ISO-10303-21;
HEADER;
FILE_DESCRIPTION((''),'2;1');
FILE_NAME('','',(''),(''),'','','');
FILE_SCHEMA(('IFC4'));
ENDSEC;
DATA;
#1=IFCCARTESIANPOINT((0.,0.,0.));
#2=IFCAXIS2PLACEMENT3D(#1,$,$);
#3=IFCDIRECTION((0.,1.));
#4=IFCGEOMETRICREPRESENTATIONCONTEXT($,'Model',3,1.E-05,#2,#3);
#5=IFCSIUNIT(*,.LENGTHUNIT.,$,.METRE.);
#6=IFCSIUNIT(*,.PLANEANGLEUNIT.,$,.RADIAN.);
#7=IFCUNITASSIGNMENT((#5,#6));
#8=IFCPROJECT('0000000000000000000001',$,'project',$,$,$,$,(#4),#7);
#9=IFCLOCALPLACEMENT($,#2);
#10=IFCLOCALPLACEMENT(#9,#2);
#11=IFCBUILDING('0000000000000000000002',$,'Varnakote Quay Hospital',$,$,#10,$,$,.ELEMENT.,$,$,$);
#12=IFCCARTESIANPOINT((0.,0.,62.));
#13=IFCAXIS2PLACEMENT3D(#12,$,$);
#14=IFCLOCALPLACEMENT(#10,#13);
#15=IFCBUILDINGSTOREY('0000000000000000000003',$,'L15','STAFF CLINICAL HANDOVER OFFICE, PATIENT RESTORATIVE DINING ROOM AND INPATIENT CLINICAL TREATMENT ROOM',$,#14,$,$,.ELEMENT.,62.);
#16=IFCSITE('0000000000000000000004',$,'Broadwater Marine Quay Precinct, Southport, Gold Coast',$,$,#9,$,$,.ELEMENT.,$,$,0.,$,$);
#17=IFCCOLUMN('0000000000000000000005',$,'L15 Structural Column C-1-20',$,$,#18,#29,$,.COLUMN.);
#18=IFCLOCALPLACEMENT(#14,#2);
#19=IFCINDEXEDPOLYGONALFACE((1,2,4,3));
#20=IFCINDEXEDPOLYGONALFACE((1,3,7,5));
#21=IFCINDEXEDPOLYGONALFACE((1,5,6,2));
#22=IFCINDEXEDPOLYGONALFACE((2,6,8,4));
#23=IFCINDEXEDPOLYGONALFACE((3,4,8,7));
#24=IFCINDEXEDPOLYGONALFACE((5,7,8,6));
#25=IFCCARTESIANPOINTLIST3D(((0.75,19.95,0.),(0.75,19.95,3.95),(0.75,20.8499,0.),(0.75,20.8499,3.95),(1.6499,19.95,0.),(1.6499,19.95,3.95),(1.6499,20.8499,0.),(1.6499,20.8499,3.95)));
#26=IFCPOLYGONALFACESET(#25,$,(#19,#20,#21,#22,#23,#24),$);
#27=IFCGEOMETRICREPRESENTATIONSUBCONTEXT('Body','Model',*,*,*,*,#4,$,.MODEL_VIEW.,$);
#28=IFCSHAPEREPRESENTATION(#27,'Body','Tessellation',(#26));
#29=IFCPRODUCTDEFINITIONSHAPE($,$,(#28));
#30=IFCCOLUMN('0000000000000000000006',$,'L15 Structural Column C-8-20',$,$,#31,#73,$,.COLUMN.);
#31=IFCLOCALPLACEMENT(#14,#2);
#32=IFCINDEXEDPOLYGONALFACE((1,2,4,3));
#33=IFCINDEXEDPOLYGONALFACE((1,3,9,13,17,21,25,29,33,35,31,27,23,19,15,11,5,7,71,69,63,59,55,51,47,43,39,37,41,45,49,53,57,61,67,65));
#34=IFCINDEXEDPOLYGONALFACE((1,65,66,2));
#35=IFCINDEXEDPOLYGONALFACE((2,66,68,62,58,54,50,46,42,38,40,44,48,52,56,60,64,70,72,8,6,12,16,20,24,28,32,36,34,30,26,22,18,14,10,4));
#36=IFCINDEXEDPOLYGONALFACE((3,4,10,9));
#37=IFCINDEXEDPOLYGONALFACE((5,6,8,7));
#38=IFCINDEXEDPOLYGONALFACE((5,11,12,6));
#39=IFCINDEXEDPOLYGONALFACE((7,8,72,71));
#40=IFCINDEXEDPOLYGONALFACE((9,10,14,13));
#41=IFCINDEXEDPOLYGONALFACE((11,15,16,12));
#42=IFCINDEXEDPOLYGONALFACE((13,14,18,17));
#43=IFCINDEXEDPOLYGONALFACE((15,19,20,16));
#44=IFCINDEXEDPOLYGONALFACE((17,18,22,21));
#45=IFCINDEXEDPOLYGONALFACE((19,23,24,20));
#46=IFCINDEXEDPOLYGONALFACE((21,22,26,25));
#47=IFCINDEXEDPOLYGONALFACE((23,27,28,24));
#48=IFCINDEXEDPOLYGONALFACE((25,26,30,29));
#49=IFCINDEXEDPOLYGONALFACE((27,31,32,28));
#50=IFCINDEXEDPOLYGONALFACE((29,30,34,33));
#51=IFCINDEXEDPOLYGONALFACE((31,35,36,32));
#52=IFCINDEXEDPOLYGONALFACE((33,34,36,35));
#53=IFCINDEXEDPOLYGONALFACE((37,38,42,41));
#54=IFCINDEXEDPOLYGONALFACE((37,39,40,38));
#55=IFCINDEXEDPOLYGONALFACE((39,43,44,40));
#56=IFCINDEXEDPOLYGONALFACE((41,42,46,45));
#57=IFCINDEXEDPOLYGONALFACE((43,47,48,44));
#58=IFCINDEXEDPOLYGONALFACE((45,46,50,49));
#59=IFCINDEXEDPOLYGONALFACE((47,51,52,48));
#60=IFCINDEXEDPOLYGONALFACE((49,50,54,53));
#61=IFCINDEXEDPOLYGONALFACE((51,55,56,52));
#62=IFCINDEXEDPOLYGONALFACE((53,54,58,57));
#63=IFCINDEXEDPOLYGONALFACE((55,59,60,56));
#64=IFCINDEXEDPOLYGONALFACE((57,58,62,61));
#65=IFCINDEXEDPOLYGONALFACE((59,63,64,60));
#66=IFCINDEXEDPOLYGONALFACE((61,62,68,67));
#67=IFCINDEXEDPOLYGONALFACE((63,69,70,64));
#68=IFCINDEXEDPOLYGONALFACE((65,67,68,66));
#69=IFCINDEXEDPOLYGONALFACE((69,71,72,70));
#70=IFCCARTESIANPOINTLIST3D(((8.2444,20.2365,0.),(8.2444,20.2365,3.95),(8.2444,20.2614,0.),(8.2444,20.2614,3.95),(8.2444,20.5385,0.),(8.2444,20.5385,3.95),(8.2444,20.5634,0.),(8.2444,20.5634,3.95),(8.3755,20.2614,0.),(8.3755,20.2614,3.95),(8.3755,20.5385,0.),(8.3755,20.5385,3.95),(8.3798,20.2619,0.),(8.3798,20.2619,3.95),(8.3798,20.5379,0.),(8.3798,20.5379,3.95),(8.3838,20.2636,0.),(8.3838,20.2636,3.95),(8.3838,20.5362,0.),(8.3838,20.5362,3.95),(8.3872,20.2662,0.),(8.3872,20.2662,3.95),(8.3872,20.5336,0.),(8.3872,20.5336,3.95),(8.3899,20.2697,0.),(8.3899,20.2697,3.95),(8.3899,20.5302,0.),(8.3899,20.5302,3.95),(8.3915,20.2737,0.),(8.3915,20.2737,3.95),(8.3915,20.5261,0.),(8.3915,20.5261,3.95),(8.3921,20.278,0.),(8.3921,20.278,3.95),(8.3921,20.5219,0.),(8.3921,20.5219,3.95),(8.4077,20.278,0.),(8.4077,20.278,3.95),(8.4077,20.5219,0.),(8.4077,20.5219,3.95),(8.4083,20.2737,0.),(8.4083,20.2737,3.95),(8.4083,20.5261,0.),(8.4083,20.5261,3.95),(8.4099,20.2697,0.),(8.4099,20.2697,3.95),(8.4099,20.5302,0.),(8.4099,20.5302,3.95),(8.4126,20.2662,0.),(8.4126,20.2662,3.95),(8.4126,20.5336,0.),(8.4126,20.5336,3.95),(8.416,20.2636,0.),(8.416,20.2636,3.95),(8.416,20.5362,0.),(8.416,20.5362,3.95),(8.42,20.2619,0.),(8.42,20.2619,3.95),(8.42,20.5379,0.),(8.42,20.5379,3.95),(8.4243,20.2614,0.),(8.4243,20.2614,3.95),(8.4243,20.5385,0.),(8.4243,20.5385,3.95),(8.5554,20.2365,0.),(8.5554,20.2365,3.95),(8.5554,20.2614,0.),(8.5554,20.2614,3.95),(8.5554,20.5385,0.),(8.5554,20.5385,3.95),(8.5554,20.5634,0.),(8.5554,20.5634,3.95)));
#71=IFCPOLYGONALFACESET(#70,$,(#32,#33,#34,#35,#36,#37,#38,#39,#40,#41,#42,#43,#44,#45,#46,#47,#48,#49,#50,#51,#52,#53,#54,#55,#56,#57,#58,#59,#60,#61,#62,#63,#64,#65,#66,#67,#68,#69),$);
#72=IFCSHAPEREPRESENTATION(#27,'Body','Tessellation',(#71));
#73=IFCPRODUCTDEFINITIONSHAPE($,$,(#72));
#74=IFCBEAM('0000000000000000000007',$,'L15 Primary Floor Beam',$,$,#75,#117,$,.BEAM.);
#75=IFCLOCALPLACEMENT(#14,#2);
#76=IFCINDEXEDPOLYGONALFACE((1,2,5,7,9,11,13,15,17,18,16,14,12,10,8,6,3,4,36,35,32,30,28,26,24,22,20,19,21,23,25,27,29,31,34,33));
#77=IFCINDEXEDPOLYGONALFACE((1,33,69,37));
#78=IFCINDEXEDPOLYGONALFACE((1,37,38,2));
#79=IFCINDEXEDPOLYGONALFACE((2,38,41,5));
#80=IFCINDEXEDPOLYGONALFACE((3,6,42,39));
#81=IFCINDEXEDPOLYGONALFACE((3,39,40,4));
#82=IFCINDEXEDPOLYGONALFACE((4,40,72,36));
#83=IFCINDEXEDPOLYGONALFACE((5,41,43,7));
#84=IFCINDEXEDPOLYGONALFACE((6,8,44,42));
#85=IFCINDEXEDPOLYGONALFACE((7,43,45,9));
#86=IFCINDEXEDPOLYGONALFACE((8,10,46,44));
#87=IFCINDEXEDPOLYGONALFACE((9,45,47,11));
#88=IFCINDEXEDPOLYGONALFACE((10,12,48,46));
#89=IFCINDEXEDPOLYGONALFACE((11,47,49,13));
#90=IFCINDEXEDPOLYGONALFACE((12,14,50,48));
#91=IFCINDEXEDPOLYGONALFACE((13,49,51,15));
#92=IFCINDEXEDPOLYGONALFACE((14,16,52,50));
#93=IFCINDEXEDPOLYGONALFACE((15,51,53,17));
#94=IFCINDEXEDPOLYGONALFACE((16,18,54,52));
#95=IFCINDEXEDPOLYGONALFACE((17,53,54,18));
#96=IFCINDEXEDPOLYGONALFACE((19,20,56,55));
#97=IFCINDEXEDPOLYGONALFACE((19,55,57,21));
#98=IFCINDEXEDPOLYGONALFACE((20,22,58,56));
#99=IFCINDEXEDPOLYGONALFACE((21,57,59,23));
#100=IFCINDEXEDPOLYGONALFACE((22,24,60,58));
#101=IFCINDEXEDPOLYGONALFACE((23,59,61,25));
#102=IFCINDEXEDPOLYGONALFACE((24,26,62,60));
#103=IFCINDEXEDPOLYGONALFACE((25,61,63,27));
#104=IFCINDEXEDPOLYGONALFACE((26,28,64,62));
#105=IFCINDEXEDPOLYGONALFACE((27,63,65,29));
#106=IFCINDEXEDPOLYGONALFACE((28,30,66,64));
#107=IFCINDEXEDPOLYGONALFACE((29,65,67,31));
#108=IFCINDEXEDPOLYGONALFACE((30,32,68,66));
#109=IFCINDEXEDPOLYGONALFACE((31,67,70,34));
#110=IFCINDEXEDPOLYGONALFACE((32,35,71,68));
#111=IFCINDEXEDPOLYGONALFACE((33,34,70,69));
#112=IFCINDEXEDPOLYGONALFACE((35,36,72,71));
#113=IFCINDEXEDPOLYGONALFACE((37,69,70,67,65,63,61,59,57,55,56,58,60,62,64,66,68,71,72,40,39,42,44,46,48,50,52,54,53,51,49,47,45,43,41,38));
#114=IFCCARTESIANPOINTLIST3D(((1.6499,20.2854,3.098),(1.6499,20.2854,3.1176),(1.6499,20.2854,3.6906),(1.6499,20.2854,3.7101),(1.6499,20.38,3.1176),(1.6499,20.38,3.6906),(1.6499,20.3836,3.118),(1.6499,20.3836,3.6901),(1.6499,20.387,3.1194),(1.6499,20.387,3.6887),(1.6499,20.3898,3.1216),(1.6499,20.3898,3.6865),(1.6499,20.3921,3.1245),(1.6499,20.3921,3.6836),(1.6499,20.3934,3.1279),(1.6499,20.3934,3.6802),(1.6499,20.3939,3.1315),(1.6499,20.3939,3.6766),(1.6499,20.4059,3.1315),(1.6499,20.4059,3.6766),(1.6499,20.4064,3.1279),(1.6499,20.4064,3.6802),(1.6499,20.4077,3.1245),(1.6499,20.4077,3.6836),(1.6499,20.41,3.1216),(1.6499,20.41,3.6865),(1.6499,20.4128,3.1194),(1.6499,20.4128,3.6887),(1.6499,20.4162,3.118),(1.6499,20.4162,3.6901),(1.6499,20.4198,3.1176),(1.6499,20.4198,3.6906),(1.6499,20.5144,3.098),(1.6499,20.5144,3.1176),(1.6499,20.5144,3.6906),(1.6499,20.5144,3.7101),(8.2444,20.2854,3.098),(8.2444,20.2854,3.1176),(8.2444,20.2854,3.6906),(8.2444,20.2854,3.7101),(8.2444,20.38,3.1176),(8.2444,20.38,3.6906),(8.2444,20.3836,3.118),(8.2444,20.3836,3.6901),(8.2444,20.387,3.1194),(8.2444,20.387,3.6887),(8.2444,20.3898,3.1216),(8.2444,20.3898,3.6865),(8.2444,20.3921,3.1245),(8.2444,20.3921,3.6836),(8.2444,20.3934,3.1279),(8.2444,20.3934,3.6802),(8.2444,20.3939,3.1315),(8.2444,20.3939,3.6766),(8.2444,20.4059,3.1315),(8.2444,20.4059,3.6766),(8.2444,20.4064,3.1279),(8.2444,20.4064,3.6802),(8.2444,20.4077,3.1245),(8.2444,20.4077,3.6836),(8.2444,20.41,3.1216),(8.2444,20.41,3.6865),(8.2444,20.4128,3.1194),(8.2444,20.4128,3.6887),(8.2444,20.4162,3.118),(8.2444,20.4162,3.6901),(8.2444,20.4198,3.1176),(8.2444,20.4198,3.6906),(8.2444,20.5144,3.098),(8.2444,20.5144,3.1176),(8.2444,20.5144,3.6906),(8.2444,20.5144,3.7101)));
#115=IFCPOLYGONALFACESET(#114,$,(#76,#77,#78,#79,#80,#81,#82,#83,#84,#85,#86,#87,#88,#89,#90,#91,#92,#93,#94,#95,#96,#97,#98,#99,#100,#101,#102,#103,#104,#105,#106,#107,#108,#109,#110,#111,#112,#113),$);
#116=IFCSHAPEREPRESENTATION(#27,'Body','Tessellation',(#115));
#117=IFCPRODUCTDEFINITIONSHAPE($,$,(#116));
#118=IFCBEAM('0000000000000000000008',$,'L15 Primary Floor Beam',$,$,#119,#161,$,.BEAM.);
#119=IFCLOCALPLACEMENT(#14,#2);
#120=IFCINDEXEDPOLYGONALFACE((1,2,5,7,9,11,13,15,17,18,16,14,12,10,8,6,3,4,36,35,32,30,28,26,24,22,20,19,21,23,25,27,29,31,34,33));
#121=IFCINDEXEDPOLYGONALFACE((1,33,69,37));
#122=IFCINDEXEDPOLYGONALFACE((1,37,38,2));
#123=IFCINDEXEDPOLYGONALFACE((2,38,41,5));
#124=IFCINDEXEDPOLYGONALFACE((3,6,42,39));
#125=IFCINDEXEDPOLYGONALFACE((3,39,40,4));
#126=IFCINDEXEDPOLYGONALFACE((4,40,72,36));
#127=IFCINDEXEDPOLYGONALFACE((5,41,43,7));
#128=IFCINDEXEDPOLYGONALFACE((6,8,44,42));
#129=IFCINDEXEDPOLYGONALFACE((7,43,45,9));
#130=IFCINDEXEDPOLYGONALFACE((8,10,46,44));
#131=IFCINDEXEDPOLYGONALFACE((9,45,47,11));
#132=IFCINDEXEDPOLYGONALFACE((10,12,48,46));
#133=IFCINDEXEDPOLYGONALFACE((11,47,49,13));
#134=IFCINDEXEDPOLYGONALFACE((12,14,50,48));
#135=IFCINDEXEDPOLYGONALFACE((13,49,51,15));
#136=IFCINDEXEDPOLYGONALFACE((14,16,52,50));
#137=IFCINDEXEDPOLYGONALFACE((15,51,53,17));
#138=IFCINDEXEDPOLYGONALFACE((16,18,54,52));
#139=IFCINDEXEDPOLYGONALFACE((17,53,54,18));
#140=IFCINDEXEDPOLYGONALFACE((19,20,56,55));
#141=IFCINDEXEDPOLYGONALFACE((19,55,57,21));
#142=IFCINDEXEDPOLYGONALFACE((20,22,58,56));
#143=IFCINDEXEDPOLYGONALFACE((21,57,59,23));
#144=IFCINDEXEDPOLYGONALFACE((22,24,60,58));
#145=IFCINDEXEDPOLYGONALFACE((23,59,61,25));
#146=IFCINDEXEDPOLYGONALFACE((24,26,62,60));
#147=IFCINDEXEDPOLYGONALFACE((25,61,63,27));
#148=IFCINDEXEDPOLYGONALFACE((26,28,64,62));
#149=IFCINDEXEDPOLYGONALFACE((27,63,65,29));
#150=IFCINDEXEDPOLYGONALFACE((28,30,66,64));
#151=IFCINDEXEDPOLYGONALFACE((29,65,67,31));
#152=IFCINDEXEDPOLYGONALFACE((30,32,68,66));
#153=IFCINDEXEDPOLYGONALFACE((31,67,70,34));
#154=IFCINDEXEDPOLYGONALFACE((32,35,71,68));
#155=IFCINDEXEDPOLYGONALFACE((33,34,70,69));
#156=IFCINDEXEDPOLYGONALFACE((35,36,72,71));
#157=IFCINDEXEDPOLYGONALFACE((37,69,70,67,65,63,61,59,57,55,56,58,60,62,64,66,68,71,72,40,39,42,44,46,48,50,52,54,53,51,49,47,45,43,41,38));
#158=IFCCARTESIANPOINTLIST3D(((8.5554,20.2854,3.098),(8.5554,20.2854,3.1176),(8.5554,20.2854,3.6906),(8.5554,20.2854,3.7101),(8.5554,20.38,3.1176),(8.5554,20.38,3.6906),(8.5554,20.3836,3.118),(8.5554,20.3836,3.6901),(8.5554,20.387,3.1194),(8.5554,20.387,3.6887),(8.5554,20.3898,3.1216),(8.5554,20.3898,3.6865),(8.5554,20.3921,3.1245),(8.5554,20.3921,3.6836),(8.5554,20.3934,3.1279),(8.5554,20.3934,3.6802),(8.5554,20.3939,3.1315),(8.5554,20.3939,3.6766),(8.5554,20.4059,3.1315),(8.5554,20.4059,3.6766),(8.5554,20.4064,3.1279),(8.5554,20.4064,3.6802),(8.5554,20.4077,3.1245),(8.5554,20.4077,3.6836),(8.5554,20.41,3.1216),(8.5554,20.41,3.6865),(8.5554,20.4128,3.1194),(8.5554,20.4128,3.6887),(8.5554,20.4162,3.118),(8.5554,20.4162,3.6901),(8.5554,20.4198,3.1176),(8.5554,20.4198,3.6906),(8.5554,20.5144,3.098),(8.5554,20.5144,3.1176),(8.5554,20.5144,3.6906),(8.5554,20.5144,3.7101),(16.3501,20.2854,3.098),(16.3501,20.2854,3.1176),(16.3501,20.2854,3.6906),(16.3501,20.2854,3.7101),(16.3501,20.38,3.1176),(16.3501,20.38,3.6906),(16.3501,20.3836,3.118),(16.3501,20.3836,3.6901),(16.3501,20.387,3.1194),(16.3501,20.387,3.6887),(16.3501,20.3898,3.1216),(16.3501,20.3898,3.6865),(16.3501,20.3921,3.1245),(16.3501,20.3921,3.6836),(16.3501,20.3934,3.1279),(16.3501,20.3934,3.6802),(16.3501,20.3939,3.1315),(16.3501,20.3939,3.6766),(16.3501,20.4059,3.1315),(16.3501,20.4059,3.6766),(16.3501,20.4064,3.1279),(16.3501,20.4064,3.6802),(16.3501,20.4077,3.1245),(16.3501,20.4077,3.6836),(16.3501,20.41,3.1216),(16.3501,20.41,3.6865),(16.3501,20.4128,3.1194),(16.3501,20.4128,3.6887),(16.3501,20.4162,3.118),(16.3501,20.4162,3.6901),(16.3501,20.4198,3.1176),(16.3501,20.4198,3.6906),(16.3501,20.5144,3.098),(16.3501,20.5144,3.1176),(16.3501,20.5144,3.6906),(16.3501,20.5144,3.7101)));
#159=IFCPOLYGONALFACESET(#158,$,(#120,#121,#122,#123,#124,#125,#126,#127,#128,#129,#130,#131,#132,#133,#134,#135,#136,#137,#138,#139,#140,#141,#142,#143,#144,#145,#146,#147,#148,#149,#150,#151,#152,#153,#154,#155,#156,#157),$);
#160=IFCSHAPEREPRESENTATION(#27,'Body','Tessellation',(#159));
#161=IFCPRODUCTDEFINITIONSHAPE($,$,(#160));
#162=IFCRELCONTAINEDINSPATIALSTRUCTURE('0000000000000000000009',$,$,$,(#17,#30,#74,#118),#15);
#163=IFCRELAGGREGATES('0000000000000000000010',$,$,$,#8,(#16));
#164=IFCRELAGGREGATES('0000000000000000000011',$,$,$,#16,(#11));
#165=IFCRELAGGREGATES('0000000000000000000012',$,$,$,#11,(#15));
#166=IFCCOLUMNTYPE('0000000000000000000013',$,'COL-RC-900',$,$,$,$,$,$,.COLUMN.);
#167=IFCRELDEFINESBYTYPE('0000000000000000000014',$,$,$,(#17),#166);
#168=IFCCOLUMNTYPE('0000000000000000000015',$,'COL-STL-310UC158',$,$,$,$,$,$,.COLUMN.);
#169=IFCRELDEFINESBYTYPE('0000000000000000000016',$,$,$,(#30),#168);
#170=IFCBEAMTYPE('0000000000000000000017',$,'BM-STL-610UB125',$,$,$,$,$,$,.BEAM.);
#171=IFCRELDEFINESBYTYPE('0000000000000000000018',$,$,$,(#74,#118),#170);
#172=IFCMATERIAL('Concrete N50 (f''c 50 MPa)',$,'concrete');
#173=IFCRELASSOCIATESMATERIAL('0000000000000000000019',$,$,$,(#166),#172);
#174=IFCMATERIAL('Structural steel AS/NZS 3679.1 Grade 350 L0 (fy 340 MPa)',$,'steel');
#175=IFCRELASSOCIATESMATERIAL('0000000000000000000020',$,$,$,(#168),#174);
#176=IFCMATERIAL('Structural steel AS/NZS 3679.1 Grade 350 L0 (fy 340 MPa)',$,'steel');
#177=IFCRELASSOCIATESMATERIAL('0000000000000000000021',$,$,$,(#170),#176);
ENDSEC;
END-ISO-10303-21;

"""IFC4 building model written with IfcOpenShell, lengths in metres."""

from ifc_helpers import new_model, si_unit, direction, frame, origin, origin_2d, place, context, subcontext, project, spatial, rectangle, i_section, extrude, material, material_profile, profile_set, type_object, element, save


model = new_model("IFC4")

# Units and contexts
model_context = context("Model", 3, precision=1e-05, world=origin(), true_north=direction((0.0, 1.0)))
body_context = subcontext(model_context, "Body", "Model", "MODEL_VIEW")
ifc_project = project(units=[si_unit("LENGTHUNIT", "METRE"), si_unit("PLANEANGLEUNIT", "RADIAN")], contexts=[model_context])

# Site, building, storey
site_placement = place(None, origin())
site = spatial("IfcSite", under=ifc_project, at=site_placement, Name="Broadwater Marine Quay Precinct, Southport, Gold Coast", CompositionType="ELEMENT", RefElevation=0.0)
building_placement = place(site_placement, origin())
building = spatial("IfcBuilding", under=site, at=building_placement, Name="Varnakote Quay Hospital", CompositionType="ELEMENT")
storey_placement = place(building_placement, frame((0.0, 0.0, 62.0)))
storey = spatial("IfcBuildingStorey", under=building, at=storey_placement, Name="L15", Description="STAFF CLINICAL HANDOVER OFFICE, PATIENT RESTORATIVE DINING ROOM AND INPATIENT CLINICAL TREATMENT ROOM", CompositionType="ELEMENT", Elevation=62.0)

# Columns
ifc_material_1 = material(Name="Concrete N50 (f'c 50 MPa)", Category="concrete")
ifc_material_profile_1 = material_profile(ifc_material_1, rectangle(XDim=0.8999, YDim=0.8999, at=origin_2d()), Name="RC-COL-900x900")
ifc_profile_set_1 = profile_set([ifc_material_profile_1], Name="Concrete N50 (f'c 50 MPa)")
column_type_1 = type_object("IfcColumnType", Name="COL-RC-900", PredefinedType="COLUMN", material=ifc_profile_set_1)
column_1_placement = place(storey_placement, frame((1.2, 20.3999, 0.0), z_axis=(0.0, 0.0, 1.0), x_axis=(1.0, 0.0, 0.0)))
element("IfcColumn", 1, at=column_1_placement, inside=storey, type_object=column_type_1, Name="L15 Structural Column C-1-20", PredefinedType="COLUMN", context=body_context, shape_type="SweptSolid", body=[
    extrude(rectangle(XDim=0.8999, YDim=0.8999, at=origin_2d()), origin(), (0.0, 0.0, 1.0), 3.95),
])
ifc_material_2 = material(Name="Structural steel AS/NZS 3679.1 Grade 350 L0 (fy 340 MPa)", Category="steel")
ifc_material_profile_2 = material_profile(ifc_material_2, i_section(OverallWidth=0.311, OverallDepth=0.3269, WebThickness=0.0156, FlangeThickness=0.0249, FilletRadius=0.0166, at=origin_2d()), Name="310UC158")
ifc_profile_set_2 = profile_set([ifc_material_profile_2], Name="Structural steel AS/NZS 3679.1 Grade 350 L0 (fy 340 MPa)")
column_type_2 = type_object("IfcColumnType", Name="COL-STL-310UC158", PredefinedType="COLUMN", material=ifc_profile_set_2)
column_2_placement = place(storey_placement, frame((8.3999, 20.3999, 0.0), z_axis=(0.0, 0.0, 1.0), x_axis=(1.0, 0.0, 0.0)))
element("IfcColumn", 2, at=column_2_placement, inside=storey, type_object=column_type_2, Name="L15 Structural Column C-8-20", PredefinedType="COLUMN", context=body_context, shape_type="SweptSolid", body=[
    extrude(i_section(OverallWidth=0.311, OverallDepth=0.3269, WebThickness=0.0156, FlangeThickness=0.0249, FilletRadius=0.0166, at=origin_2d()), origin(), (0.0, 0.0, 1.0), 3.95),
])

# Beams
ifc_material_3 = material(Name="Structural steel AS/NZS 3679.1 Grade 350 L0 (fy 340 MPa)", Category="steel")
ifc_material_profile_3 = material_profile(ifc_material_3, i_section(OverallWidth=0.229, OverallDepth=0.6121, WebThickness=0.012, FlangeThickness=0.0195, FilletRadius=0.0139, at=origin_2d()), Name="610UB125")
ifc_profile_set_3 = profile_set([ifc_material_profile_3], Name="Structural steel AS/NZS 3679.1 Grade 350 L0 (fy 340 MPa)")
beam_type_1 = type_object("IfcBeamType", Name="BM-STL-610UB125", PredefinedType="BEAM", material=ifc_profile_set_3)
beam_1_placement = place(storey_placement, frame((1.6499, 20.3999, 3.4041), z_axis=(1.0, 0.0, 0.0), x_axis=(0.0, 1.0, 0.0)))
element("IfcBeam", 3, at=beam_1_placement, inside=storey, type_object=beam_type_1, Name="L15 Primary Floor Beam", PredefinedType="BEAM", context=body_context, shape_type="SweptSolid", body=[
    extrude(i_section(OverallWidth=0.229, OverallDepth=0.6121, WebThickness=0.012, FlangeThickness=0.0195, FilletRadius=0.0139, at=origin_2d()), origin(), (0.0, 0.0, 1.0), 6.5945),
])
beam_2_placement = place(storey_placement, frame((8.5554, 20.3999, 3.4041), z_axis=(1.0, 0.0, 0.0), x_axis=(0.0, 1.0, 0.0)))
element("IfcBeam", 4, at=beam_2_placement, inside=storey, type_object=beam_type_1, Name="L15 Primary Floor Beam", PredefinedType="BEAM", context=body_context, shape_type="SweptSolid", body=[
    extrude(i_section(OverallWidth=0.229, OverallDepth=0.6121, WebThickness=0.012, FlangeThickness=0.0195, FilletRadius=0.0139, at=origin_2d()), origin(), (0.0, 0.0, 1.0), 7.7947),
])

save(model, "model.ifc")
